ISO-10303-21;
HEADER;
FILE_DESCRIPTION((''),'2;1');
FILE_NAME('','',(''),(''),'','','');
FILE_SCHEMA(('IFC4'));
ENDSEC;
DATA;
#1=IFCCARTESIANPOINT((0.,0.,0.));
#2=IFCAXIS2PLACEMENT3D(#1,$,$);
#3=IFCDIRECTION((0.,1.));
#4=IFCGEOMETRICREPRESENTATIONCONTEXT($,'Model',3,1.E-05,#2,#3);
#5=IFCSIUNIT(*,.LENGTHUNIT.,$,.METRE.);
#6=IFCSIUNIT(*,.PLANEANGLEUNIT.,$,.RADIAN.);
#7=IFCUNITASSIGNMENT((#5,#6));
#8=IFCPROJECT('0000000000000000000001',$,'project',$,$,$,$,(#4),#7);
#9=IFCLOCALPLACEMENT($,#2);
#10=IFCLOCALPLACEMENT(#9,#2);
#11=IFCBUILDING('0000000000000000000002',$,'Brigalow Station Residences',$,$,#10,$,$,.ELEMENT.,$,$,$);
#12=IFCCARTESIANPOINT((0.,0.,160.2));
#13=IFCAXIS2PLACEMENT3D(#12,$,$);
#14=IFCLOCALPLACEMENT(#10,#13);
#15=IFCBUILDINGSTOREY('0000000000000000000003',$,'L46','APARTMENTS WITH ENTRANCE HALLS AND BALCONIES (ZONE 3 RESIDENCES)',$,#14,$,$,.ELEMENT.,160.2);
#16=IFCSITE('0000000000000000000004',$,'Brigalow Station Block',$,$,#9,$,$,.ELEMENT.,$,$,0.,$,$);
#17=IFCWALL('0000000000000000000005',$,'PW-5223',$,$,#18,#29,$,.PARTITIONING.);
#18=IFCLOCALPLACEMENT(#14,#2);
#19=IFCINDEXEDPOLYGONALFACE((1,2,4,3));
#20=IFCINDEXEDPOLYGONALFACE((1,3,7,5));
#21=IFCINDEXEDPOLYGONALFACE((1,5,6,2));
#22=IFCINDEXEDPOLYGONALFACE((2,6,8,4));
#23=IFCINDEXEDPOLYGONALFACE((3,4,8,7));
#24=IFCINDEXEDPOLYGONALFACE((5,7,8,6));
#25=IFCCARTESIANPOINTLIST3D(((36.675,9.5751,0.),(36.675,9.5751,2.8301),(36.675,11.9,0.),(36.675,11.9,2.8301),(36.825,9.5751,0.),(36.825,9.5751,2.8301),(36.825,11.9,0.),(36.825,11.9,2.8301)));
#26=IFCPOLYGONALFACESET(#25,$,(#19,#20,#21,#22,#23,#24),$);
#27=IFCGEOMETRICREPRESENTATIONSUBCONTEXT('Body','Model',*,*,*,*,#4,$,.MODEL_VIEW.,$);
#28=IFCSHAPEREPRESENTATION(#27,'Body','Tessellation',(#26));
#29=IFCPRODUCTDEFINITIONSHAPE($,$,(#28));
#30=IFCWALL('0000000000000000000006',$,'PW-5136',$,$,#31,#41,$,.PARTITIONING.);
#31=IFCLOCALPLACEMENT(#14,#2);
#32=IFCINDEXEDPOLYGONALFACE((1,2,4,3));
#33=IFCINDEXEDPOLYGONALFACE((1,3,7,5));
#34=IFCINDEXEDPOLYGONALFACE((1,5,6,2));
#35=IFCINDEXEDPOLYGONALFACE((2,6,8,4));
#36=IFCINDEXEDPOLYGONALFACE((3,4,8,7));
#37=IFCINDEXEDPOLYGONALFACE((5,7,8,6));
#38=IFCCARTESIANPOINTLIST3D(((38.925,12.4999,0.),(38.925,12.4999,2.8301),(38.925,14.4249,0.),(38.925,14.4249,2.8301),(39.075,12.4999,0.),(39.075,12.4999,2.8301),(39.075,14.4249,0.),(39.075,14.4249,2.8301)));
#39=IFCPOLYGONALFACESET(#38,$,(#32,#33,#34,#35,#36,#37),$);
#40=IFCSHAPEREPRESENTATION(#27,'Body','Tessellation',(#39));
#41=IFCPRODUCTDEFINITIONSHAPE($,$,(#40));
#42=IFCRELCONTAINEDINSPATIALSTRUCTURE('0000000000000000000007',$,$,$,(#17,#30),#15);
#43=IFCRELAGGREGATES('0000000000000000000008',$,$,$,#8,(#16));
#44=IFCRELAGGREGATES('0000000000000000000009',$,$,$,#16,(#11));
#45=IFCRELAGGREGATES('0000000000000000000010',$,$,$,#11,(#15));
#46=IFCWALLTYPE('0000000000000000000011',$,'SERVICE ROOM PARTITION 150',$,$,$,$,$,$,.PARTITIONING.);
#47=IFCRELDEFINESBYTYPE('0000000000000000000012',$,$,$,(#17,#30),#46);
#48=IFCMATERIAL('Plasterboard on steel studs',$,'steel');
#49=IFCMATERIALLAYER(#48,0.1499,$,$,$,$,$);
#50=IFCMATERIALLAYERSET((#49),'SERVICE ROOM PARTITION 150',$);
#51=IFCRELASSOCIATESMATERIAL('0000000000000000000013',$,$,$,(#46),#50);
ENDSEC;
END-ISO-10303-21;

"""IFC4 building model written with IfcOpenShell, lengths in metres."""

from ifc_helpers import new_model, si_unit, direction, frame, frame_2d, origin, place, context, subcontext, project, spatial, rectangle, extrude, material, layer, layer_set, type_object, element, save


model = new_model("IFC4")

# Units and contexts
model_context = context("Model", 3, precision=1e-05, world=origin(), true_north=direction((0.0, 1.0)))
body_context = subcontext(model_context, "Body", "Model", "MODEL_VIEW")
ifc_project = project(units=[si_unit("LENGTHUNIT", "METRE"), si_unit("PLANEANGLEUNIT", "RADIAN")], contexts=[model_context])

# Site, building, storey
site_placement = place(None, origin())
site = spatial("IfcSite", under=ifc_project, at=site_placement, Name="Brigalow Station Block", CompositionType="ELEMENT", RefElevation=0.0)
building_placement = place(site_placement, origin())
building = spatial("IfcBuilding", under=site, at=building_placement, Name="Brigalow Station Residences", CompositionType="ELEMENT")
storey_placement = place(building_placement, frame((0.0, 0.0, 160.2)))
storey = spatial("IfcBuildingStorey", under=building, at=storey_placement, Name="L46", Description="APARTMENTS WITH ENTRANCE HALLS AND BALCONIES (ZONE 3 RESIDENCES)", CompositionType="ELEMENT", Elevation=160.2)

# Shared definitions
ifc_material_1 = material(Name="Plasterboard on steel studs", Category="steel")
ifc_layer_1 = layer(ifc_material_1, 0.1499)
ifc_layer_set_1 = layer_set([ifc_layer_1], Name="SERVICE ROOM PARTITION 150")
wall_type_1 = type_object("IfcWallType", Name="SERVICE ROOM PARTITION 150", PredefinedType="PARTITIONING", material=ifc_layer_set_1)

# Walls
wall_1_placement = place(storey_placement, frame((36.75, 9.575, 0.0), z_axis=(0.0, 0.0, 1.0), x_axis=(0.0, 1.0, 0.0)))
element("IfcWall", 1, at=wall_1_placement, inside=storey, type_object=wall_type_1, Name="PW-5223", PredefinedType="PARTITIONING", context=body_context, shape_type="SweptSolid", body=[
    extrude(rectangle(XDim=2.325, YDim=0.1499, at=frame_2d((1.1626, 0.0))), origin(), (0.0, 0.0, 1.0), 2.8301),
])
wall_2_placement = place(storey_placement, frame((39.0, 12.5, 0.0), z_axis=(0.0, 0.0, 1.0), x_axis=(0.0, 1.0, 0.0)))
element("IfcWall", 2, at=wall_2_placement, inside=storey, type_object=wall_type_1, Name="PW-5136", PredefinedType="PARTITIONING", context=body_context, shape_type="SweptSolid", body=[
    extrude(rectangle(XDim=1.925, YDim=0.1499, at=frame_2d((0.9624, 0.0))), origin(), (0.0, 0.0, 1.0), 2.8301),
])

save(model, "model.ifc")
